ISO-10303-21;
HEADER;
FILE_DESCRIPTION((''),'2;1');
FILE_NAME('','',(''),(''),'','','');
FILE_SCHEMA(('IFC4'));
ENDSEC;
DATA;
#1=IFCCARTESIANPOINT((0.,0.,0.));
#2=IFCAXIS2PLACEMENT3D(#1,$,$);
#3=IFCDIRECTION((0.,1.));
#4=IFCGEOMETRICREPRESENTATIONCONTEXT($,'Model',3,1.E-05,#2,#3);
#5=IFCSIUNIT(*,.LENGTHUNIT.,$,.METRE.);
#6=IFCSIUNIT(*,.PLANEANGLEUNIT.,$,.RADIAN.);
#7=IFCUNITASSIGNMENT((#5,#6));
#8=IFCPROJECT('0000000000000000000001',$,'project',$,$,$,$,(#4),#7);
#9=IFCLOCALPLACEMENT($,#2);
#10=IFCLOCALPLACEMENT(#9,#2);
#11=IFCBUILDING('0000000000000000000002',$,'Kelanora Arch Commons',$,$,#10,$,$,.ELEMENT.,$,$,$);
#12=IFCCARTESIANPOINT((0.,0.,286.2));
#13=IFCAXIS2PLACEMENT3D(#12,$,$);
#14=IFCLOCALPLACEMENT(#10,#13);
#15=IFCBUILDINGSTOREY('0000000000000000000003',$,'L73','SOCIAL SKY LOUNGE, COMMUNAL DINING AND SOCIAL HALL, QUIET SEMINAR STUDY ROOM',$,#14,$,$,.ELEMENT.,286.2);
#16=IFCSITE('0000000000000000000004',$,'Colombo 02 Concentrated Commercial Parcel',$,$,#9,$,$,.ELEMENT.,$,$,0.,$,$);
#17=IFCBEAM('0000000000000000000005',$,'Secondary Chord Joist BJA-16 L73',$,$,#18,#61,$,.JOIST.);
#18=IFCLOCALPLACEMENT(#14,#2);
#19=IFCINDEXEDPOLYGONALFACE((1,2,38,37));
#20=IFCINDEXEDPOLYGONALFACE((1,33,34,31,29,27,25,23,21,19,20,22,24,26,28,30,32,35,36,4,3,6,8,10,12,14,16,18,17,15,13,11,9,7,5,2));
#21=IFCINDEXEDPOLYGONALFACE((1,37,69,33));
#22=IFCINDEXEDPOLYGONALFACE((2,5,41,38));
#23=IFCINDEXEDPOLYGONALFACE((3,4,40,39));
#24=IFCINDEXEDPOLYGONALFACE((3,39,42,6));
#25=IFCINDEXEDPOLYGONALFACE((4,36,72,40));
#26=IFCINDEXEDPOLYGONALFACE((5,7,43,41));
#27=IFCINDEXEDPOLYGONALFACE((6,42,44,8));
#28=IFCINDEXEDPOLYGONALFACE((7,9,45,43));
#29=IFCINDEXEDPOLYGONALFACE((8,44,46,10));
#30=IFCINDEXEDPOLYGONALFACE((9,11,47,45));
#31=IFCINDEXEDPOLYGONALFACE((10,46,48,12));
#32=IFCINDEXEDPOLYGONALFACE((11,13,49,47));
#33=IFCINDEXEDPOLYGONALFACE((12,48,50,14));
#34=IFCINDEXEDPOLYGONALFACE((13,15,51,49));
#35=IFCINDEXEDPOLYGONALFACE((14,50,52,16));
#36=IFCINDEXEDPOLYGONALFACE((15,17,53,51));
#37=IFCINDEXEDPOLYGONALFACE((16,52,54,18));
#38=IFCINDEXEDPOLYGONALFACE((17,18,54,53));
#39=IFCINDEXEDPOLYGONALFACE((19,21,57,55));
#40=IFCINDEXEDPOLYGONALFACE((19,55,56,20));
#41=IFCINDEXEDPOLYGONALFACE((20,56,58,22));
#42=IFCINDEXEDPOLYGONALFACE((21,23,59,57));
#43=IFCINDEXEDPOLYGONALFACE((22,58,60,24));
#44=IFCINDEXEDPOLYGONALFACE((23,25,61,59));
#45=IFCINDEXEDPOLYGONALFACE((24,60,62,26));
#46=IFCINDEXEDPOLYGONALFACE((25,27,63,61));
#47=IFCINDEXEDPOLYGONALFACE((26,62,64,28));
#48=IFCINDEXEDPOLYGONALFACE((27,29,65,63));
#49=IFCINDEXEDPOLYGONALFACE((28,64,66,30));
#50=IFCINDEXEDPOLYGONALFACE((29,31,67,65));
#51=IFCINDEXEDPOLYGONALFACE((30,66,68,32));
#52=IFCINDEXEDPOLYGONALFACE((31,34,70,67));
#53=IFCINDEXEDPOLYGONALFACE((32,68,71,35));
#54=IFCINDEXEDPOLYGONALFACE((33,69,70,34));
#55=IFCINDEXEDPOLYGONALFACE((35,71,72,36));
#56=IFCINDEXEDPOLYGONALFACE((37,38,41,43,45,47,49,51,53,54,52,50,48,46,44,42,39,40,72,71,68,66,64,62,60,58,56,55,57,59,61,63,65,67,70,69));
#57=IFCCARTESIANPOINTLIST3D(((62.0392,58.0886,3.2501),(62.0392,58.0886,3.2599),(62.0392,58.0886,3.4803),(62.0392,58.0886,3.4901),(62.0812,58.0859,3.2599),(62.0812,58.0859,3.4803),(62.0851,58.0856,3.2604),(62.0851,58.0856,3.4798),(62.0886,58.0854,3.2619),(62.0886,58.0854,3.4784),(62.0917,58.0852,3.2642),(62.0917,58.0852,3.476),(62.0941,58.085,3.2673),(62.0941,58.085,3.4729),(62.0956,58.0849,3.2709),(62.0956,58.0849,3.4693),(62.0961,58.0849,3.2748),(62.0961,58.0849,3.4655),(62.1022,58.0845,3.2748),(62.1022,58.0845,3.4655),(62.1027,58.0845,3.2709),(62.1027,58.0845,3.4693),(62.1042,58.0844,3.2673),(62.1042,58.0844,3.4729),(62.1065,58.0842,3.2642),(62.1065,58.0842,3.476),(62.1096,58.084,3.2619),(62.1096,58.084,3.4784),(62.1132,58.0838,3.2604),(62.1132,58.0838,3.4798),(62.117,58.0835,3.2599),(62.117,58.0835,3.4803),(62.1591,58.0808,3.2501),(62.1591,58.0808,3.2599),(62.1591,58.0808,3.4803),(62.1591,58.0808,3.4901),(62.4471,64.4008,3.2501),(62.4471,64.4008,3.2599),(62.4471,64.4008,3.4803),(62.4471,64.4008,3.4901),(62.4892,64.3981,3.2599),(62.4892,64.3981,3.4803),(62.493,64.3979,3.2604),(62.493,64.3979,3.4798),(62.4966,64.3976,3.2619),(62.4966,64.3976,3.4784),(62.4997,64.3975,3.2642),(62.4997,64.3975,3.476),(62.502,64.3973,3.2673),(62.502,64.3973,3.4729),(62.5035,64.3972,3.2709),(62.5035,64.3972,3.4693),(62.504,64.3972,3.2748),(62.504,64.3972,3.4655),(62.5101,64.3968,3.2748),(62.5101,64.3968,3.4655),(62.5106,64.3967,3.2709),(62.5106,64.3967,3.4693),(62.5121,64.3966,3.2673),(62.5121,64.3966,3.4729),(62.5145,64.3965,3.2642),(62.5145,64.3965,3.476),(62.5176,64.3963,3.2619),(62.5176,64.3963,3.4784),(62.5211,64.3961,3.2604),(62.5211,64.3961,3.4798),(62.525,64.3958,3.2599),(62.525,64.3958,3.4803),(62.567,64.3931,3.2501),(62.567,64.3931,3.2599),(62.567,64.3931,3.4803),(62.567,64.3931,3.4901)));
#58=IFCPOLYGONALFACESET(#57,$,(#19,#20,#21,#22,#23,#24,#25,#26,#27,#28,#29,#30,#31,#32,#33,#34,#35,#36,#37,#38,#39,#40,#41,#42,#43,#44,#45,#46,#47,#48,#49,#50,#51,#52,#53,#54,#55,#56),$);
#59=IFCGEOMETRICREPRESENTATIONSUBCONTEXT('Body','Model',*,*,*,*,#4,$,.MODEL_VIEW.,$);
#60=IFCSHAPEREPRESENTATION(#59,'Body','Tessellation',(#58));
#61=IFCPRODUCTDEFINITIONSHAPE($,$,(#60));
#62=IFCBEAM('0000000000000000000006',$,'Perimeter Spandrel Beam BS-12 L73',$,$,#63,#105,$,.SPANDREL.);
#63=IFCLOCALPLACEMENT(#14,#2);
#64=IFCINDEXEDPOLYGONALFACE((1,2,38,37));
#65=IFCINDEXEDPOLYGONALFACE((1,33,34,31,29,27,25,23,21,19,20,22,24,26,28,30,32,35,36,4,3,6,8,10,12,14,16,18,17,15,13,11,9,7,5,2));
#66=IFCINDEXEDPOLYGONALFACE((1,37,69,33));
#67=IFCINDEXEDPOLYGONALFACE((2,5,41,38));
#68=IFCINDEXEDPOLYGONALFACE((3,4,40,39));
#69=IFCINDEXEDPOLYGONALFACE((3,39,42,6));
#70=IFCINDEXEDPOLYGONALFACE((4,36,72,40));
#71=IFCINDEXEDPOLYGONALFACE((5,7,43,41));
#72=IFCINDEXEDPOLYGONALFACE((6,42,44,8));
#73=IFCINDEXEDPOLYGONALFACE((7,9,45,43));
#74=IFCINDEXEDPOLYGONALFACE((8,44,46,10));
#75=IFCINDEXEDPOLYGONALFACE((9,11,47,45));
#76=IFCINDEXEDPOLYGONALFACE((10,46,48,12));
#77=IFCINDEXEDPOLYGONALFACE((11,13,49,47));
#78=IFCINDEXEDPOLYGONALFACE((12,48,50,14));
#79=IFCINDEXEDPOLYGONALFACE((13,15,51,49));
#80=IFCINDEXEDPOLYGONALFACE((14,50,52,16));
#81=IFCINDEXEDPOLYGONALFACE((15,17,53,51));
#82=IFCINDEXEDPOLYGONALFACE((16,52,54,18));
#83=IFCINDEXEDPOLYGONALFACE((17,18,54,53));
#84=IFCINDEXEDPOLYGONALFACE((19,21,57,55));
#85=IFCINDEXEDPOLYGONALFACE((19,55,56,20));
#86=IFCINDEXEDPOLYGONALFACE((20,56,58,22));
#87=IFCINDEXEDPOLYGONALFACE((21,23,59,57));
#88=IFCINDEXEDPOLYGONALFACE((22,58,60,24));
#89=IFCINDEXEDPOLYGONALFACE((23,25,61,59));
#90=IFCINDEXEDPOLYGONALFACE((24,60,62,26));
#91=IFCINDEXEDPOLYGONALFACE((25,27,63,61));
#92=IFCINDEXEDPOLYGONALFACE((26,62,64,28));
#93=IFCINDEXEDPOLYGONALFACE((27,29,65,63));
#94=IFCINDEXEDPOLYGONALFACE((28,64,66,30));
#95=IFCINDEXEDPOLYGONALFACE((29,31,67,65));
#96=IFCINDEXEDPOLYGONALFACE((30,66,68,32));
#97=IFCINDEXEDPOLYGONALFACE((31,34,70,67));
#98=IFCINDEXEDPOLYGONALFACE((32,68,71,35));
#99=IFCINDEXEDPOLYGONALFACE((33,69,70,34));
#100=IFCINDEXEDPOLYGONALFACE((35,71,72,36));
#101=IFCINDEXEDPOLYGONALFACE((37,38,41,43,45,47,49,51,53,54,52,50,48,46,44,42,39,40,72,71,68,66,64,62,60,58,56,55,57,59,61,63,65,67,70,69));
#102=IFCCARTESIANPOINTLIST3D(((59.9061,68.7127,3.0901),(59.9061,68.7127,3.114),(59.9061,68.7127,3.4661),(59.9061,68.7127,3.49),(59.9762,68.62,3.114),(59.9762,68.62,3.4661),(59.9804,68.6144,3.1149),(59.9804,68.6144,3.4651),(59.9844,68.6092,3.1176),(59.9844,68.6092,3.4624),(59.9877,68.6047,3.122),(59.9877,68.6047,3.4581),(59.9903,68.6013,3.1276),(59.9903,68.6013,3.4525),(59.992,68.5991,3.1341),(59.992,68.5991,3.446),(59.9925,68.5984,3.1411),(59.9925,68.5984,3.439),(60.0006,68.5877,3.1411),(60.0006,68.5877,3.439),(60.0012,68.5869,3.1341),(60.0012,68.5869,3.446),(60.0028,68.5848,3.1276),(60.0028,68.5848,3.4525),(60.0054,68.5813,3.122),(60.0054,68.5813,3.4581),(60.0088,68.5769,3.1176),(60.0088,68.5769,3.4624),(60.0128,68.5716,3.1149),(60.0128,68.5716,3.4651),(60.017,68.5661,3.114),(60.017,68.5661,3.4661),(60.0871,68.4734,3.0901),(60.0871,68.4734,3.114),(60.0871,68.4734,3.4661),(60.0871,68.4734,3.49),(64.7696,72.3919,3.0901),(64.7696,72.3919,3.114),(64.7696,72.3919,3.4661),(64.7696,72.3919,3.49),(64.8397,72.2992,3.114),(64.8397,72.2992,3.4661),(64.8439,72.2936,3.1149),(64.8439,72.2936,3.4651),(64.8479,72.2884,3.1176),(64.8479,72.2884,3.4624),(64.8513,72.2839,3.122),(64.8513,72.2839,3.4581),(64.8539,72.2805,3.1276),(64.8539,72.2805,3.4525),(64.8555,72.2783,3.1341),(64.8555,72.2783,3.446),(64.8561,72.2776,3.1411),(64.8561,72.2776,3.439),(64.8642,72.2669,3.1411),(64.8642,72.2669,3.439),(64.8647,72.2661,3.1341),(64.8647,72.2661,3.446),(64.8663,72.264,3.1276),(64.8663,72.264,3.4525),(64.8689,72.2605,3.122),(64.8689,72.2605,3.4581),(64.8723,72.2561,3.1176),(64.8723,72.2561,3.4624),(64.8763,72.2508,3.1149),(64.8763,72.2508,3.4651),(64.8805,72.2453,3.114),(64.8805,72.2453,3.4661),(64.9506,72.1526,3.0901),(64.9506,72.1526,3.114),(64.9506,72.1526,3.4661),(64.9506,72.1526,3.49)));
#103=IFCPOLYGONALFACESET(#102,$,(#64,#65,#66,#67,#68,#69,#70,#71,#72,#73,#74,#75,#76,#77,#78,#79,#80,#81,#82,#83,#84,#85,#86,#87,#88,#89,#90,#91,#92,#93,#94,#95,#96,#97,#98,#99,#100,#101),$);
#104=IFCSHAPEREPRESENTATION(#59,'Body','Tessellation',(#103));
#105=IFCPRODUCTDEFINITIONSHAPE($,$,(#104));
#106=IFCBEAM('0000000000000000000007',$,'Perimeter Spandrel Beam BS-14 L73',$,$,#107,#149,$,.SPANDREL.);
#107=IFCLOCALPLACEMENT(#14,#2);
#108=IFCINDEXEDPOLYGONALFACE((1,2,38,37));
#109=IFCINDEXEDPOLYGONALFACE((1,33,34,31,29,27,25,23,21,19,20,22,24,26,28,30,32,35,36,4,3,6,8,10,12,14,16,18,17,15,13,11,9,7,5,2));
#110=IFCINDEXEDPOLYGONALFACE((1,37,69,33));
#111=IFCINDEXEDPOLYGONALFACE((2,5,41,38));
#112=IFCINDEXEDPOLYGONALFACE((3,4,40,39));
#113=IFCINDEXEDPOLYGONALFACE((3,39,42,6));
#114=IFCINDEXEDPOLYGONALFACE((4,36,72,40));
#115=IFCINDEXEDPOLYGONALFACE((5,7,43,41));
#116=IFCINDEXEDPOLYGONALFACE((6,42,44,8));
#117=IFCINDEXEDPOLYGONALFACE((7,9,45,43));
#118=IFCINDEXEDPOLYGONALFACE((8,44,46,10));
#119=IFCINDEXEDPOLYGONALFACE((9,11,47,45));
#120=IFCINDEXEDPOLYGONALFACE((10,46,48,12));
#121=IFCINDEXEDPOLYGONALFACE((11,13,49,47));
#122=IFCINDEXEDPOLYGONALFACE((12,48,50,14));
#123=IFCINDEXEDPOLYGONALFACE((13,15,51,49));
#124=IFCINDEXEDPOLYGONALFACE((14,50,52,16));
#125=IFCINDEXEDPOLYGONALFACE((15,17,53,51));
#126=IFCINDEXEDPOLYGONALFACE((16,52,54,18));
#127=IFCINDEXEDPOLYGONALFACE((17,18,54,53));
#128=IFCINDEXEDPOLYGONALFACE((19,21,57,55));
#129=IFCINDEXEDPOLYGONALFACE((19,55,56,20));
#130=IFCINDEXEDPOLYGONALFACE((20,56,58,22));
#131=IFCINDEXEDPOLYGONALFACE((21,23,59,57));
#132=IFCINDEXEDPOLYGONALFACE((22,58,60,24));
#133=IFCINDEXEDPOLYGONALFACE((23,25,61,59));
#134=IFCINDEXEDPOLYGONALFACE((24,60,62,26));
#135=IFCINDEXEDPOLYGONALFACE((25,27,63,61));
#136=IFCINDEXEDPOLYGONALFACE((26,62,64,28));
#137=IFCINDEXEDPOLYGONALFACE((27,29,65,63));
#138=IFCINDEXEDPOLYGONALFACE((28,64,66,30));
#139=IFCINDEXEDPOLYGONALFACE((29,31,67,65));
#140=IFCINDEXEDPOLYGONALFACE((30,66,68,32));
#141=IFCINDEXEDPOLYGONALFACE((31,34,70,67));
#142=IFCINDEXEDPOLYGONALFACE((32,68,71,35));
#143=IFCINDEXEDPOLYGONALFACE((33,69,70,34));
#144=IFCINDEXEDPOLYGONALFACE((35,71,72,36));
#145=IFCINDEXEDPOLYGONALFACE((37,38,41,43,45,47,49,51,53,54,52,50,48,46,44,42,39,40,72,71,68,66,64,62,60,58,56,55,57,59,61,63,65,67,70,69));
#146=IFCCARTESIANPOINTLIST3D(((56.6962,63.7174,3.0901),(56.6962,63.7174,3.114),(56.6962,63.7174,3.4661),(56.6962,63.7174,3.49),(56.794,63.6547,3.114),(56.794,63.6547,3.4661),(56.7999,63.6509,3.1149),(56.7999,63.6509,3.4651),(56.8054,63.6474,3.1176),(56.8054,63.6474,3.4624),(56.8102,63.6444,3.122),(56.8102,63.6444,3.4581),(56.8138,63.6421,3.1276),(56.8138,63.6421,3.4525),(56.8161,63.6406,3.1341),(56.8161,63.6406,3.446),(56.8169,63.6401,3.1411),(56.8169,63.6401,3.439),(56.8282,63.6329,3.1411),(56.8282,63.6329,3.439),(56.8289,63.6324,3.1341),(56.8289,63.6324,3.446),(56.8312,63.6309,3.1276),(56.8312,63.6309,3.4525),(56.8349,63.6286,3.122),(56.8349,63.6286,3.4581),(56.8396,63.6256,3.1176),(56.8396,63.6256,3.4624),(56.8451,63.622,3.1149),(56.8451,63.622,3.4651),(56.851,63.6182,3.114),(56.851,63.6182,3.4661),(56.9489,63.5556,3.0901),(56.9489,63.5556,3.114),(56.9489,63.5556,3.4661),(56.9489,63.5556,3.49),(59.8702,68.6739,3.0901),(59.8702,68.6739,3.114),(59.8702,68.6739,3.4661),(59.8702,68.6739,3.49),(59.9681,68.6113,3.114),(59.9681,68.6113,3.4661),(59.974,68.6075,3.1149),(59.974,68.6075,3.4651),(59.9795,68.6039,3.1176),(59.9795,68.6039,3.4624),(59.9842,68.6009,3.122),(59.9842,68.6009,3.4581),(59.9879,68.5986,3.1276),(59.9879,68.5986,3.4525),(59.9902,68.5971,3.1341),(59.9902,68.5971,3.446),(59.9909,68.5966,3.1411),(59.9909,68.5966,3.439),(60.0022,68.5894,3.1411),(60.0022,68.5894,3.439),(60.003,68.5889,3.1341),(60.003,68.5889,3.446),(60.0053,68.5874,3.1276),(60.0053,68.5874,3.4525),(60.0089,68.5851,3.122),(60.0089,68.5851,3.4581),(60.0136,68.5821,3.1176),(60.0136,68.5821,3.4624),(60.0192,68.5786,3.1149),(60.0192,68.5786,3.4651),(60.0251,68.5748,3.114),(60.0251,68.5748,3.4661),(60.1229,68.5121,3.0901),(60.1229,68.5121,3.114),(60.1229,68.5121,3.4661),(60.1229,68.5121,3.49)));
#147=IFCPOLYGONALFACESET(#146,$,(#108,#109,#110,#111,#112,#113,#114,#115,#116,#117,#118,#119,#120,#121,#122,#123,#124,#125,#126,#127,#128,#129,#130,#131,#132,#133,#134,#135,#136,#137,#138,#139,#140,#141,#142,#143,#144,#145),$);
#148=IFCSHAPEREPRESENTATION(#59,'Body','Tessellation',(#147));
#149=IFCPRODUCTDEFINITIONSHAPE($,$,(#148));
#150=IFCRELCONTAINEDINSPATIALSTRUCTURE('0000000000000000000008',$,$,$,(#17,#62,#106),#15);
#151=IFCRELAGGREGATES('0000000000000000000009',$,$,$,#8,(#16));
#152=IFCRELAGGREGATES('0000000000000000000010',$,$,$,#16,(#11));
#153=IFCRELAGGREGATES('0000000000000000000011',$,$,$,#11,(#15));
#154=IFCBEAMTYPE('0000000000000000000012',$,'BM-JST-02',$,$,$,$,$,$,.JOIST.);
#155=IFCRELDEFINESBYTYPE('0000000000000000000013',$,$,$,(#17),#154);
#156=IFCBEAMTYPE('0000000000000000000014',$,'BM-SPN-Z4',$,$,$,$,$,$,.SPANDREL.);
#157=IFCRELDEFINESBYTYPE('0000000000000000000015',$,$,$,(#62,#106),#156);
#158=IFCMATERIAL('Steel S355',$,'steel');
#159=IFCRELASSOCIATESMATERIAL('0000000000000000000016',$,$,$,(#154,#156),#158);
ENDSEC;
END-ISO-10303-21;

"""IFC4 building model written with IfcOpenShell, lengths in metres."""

from ifc_helpers import new_model, si_unit, direction, frame, origin, origin_2d, place, context, subcontext, project, spatial, i_section, extrude, material, material_profile, profile_set, type_object, element, save


model = new_model("IFC4")

# Units and contexts
model_context = context("Model", 3, precision=1e-05, world=origin(), true_north=direction((0.0, 1.0)))
body_context = subcontext(model_context, "Body", "Model", "MODEL_VIEW")
ifc_project = project(units=[si_unit("LENGTHUNIT", "METRE"), si_unit("PLANEANGLEUNIT", "RADIAN")], contexts=[model_context])

# Site, building, storey
site_placement = place(None, origin())
site = spatial("IfcSite", under=ifc_project, at=site_placement, Name="Colombo 02 Concentrated Commercial Parcel", CompositionType="ELEMENT", RefElevation=0.0)
building_placement = place(site_placement, origin())
building = spatial("IfcBuilding", under=site, at=building_placement, Name="Kelanora Arch Commons", CompositionType="ELEMENT")
storey_placement = place(building_placement, frame((0.0, 0.0, 286.2)))
storey = spatial("IfcBuildingStorey", under=building, at=storey_placement, Name="L73", Description="SOCIAL SKY LOUNGE, COMMUNAL DINING AND SOCIAL HALL, QUIET SEMINAR STUDY ROOM", CompositionType="ELEMENT", Elevation=286.2)

# Beams
ifc_material_1 = material(Name="Steel S355", Category="steel")
ifc_material_profile_1 = material_profile(ifc_material_1, i_section(OverallWidth=0.1201, OverallDepth=0.24, WebThickness=0.0061, FlangeThickness=0.0098, FilletRadius=0.0149, at=origin_2d()), Name="IPE240")
ifc_profile_set_1 = profile_set([ifc_material_profile_1], Name="Steel S355")
beam_type_1 = type_object("IfcBeamType", Name="BM-JST-02", PredefinedType="JOIST", material=ifc_profile_set_1)
beam_1_placement = place(storey_placement, frame((62.5071, 64.397, 3.3701), z_axis=(-0.064495, -0.997918, 0.0), x_axis=(0.997918, -0.064495, 0.0)))
element("IfcBeam", 1, at=beam_1_placement, inside=storey, type_object=beam_type_1, Name="Secondary Chord Joist BJA-16 L73", PredefinedType="JOIST", context=body_context, shape_type="SweptSolid", body=[
    extrude(i_section(OverallWidth=0.1201, OverallDepth=0.24, WebThickness=0.0061, FlangeThickness=0.0098, FilletRadius=0.0149, at=origin_2d()), origin(), (0.0, 0.0, 1.0), 6.3254),
])
ifc_material_profile_2 = material_profile(ifc_material_1, i_section(OverallWidth=0.3, OverallDepth=0.3999, WebThickness=0.0134, FlangeThickness=0.0239, FilletRadius=0.0271, at=origin_2d()), Name="HEB400")
ifc_profile_set_2 = profile_set([ifc_material_profile_2], Name="Steel S355")
beam_type_2 = type_object("IfcBeamType", Name="BM-SPN-Z4", PredefinedType="SPANDREL", material=ifc_profile_set_2)
beam_2_placement = place(storey_placement, frame((64.8601, 72.2722, 3.29), z_axis=(-0.797509, -0.603306, 0.0), x_axis=(0.603306, -0.797509, 0.0)))
element("IfcBeam", 2, at=beam_2_placement, inside=storey, type_object=beam_type_2, Name="Perimeter Spandrel Beam BS-12 L73", PredefinedType="SPANDREL", context=body_context, shape_type="SweptSolid", body=[
    extrude(i_section(OverallWidth=0.3, OverallDepth=0.3999, WebThickness=0.0134, FlangeThickness=0.0239, FilletRadius=0.0271, at=origin_2d()), origin(), (0.0, 0.0, 1.0), 6.0984),
])
beam_3_placement = place(storey_placement, frame((59.9966, 68.593, 3.29), z_axis=(-0.539281, -0.842126, 0.0), x_axis=(0.842126, -0.539281, 0.0)))
element("IfcBeam", 3, at=beam_3_placement, inside=storey, type_object=beam_type_2, Name="Perimeter Spandrel Beam BS-14 L73", PredefinedType="SPANDREL", context=body_context, shape_type="SweptSolid", body=[
    extrude(i_section(OverallWidth=0.3, OverallDepth=0.3999, WebThickness=0.0134, FlangeThickness=0.0239, FilletRadius=0.0271, at=origin_2d()), origin(), (0.0, 0.0, 1.0), 5.8857),
])

save(model, "model.ifc")
